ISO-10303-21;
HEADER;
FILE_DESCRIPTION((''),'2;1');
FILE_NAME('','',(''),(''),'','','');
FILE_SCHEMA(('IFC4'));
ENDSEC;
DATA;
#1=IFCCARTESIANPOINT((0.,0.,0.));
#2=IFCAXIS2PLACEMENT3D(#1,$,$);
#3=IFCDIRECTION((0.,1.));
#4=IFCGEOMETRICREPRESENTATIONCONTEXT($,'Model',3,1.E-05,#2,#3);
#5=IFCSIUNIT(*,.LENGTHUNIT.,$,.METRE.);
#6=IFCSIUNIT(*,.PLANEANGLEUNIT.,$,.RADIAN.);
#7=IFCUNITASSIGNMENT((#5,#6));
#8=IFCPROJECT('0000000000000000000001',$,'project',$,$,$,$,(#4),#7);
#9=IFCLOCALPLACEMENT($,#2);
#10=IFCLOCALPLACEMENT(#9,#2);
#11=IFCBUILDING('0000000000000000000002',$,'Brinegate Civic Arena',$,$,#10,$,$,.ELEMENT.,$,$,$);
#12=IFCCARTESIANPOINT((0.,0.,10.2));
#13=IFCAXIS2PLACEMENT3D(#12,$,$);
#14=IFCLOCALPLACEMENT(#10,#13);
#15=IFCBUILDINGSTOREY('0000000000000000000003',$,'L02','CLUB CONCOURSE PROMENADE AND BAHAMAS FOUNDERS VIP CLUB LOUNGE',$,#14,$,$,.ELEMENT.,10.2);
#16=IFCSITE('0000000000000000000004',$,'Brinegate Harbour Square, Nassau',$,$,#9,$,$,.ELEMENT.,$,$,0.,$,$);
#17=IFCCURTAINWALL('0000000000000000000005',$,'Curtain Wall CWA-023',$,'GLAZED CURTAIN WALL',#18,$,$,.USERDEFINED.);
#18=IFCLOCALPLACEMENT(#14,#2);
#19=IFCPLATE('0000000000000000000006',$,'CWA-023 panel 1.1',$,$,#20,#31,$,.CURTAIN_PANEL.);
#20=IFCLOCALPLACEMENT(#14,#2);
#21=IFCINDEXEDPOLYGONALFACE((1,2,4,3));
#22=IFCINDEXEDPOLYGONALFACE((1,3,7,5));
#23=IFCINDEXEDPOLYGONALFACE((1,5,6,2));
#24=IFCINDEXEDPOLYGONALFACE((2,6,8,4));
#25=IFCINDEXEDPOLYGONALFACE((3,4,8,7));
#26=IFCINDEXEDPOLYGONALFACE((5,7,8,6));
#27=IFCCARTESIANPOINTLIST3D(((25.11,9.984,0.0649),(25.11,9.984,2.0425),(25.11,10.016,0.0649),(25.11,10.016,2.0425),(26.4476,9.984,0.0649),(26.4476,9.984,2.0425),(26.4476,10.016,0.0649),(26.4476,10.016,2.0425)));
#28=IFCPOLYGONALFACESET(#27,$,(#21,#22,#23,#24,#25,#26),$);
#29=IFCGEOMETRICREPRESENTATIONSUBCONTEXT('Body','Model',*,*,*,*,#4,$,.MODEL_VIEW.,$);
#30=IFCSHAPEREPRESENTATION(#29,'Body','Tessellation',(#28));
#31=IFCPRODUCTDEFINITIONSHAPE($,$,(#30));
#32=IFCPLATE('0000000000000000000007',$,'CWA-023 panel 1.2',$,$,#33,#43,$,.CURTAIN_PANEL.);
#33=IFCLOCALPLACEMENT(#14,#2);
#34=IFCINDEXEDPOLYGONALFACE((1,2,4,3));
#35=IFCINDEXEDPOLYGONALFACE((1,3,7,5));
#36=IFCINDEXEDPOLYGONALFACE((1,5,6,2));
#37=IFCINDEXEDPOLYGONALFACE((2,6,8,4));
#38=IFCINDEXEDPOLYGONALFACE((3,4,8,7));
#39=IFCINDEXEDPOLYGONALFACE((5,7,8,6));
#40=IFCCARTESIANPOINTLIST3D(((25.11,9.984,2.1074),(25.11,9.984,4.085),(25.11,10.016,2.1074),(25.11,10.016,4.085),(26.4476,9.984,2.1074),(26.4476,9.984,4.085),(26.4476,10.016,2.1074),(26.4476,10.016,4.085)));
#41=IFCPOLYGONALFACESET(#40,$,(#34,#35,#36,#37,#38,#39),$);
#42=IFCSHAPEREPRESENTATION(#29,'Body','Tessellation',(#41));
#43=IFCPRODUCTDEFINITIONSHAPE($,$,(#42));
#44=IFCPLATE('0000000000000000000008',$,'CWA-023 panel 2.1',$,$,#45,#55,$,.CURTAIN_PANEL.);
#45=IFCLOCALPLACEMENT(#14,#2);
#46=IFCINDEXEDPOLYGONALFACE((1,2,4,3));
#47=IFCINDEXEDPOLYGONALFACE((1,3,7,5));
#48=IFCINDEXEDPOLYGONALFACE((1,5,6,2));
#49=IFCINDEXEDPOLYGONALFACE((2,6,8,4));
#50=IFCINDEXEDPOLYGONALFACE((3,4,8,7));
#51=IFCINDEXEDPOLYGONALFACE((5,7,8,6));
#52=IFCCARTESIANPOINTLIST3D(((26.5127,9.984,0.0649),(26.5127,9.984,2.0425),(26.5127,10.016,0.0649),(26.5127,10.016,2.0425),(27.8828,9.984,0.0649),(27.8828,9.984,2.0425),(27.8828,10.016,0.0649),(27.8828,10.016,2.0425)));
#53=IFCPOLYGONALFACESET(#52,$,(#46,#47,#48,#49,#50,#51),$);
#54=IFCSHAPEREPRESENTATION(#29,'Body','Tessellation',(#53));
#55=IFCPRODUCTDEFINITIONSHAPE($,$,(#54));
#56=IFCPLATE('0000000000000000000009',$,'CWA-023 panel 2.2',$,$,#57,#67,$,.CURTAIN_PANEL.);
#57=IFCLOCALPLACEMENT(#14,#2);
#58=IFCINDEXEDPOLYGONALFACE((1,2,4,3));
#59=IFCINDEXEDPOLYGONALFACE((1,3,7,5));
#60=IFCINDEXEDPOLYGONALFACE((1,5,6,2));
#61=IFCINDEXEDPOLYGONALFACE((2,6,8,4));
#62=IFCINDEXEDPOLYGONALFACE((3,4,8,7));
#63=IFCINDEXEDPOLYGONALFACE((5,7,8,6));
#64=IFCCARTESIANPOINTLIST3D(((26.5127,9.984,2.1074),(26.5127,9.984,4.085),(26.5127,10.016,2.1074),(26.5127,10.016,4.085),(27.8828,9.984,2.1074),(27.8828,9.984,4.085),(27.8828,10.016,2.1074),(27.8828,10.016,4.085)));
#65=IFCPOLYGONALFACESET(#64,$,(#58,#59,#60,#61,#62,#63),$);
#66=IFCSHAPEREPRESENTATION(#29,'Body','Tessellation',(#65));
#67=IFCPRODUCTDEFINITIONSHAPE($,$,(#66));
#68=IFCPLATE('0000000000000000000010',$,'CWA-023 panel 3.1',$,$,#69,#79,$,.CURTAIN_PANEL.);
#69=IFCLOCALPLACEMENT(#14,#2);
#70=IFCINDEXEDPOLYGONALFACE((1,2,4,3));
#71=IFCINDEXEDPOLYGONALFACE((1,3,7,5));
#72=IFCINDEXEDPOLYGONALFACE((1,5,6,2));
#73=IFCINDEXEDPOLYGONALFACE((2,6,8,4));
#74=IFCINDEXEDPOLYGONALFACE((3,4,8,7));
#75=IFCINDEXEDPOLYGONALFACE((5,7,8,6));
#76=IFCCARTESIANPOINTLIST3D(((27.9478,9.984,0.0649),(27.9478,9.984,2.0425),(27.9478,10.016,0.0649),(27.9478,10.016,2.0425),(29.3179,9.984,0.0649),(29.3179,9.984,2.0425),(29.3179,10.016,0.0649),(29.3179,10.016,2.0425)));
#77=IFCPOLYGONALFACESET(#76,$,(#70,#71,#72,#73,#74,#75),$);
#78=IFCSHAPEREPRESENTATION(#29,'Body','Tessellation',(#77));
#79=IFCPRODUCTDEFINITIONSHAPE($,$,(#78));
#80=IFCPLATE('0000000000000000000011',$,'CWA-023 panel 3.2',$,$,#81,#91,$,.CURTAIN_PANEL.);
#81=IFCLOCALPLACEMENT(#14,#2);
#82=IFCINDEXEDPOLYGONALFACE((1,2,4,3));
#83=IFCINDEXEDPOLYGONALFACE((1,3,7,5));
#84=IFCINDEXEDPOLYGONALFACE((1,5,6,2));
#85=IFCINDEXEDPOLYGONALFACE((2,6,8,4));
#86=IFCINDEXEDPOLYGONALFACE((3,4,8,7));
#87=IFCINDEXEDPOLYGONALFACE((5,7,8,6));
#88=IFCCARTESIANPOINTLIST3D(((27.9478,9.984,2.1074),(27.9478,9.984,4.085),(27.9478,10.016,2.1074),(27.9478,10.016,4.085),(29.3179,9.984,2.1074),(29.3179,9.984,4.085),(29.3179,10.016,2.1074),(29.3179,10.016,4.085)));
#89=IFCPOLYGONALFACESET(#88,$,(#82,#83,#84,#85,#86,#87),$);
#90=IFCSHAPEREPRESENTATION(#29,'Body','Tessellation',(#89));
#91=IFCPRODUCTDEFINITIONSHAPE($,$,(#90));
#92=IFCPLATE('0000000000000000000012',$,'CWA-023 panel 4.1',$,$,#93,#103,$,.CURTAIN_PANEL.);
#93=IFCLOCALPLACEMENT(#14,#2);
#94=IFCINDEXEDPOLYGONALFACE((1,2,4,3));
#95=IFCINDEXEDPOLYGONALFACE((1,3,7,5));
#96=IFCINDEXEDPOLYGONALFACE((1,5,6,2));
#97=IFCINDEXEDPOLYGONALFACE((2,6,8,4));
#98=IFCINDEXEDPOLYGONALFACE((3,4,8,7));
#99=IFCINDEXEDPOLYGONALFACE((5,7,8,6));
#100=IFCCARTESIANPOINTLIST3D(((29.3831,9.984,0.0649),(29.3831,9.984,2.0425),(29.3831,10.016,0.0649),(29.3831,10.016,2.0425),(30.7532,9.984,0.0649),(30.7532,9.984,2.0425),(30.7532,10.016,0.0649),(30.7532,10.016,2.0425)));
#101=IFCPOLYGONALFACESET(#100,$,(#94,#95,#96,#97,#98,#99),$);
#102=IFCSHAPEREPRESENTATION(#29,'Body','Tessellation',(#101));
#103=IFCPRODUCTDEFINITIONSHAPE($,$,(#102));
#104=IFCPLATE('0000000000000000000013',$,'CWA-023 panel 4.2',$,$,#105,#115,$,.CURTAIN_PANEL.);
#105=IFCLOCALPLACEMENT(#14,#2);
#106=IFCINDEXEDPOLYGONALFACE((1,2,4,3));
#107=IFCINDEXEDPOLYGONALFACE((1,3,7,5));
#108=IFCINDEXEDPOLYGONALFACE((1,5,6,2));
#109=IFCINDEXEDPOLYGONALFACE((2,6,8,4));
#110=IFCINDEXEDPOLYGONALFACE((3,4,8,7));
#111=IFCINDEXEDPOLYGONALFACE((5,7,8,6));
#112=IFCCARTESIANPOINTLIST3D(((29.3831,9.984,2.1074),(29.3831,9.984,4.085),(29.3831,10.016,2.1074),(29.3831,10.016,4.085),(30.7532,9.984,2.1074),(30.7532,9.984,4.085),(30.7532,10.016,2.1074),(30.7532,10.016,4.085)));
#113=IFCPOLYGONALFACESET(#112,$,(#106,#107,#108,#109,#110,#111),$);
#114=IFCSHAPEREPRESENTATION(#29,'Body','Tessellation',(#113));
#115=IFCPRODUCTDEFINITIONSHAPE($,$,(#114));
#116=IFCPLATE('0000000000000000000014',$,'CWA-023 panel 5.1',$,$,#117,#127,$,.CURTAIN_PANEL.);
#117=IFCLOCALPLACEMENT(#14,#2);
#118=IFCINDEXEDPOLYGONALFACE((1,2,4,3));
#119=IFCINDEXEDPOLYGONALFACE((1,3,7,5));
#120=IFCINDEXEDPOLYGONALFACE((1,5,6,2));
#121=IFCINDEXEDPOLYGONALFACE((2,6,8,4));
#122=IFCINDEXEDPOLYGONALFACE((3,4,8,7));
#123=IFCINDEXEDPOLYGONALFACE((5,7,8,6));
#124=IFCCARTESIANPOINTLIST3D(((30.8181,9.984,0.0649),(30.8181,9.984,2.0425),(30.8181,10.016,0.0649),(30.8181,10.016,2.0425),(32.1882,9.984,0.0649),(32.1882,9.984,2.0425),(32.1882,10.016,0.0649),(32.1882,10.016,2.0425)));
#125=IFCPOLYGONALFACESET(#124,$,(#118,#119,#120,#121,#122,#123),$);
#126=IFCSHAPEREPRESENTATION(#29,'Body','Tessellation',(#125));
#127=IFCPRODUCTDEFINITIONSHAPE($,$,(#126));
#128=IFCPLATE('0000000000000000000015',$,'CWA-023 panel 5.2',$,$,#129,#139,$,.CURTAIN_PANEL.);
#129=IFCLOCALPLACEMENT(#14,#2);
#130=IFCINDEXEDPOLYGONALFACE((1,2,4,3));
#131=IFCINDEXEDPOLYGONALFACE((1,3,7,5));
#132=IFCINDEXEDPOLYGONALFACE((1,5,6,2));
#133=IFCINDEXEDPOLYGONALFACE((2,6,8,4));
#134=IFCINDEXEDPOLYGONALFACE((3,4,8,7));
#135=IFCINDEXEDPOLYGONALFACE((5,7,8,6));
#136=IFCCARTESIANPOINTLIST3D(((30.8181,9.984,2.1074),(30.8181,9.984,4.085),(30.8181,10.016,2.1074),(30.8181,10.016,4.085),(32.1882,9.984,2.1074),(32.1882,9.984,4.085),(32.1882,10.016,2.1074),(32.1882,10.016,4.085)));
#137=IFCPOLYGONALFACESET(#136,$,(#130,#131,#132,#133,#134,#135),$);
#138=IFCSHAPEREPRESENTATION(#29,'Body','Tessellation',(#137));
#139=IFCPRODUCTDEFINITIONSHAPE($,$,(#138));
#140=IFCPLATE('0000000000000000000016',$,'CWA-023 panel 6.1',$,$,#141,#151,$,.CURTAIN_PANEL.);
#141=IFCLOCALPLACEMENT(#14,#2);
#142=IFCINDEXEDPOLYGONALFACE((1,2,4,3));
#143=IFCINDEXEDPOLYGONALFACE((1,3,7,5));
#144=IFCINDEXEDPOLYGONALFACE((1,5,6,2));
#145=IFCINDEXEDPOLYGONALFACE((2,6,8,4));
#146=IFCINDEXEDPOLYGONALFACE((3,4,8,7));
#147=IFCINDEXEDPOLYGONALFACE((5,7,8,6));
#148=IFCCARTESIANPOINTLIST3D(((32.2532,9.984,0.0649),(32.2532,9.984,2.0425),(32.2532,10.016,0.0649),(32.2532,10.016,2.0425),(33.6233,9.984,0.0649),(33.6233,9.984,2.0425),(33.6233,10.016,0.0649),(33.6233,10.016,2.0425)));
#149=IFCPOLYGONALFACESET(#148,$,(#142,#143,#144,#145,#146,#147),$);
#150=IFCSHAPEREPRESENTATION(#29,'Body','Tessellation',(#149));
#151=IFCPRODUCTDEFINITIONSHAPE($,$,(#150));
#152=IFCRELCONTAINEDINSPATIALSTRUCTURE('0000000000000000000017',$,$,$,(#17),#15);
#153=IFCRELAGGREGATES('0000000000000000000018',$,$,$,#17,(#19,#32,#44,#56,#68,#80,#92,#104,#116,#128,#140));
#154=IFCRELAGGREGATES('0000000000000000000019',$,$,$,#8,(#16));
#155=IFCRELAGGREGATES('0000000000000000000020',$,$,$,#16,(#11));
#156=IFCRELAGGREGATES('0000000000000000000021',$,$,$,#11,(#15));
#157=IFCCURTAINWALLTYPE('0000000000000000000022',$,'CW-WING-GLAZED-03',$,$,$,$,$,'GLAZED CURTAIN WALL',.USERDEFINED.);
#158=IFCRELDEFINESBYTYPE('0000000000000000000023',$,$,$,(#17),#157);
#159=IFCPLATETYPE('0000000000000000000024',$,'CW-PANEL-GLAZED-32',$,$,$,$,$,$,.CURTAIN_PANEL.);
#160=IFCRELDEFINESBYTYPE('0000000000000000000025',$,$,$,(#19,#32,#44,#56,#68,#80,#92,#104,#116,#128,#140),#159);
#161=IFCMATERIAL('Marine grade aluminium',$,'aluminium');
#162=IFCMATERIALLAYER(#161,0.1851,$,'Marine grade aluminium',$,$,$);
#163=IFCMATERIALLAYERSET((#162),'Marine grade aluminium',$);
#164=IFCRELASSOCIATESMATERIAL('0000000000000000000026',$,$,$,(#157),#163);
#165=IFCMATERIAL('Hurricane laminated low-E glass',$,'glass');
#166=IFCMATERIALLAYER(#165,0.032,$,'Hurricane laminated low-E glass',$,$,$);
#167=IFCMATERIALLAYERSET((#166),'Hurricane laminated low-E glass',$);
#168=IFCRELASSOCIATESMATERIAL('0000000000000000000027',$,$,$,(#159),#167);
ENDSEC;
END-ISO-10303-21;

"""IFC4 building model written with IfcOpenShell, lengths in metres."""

from ifc_helpers import new_model, si_unit, direction, frame, origin, origin_2d, place, context, subcontext, project, spatial, rectangle, extrude, material, layer, layer_set, type_object, element, aggregate, save


model = new_model("IFC4")

# Units and contexts
model_context = context("Model", 3, precision=1e-05, world=origin(), true_north=direction((0.0, 1.0)))
body_context = subcontext(model_context, "Body", "Model", "MODEL_VIEW")
ifc_project = project(units=[si_unit("LENGTHUNIT", "METRE"), si_unit("PLANEANGLEUNIT", "RADIAN")], contexts=[model_context])

# Site, building, storey
site_placement = place(None, origin())
site = spatial("IfcSite", under=ifc_project, at=site_placement, Name="Brinegate Harbour Square, Nassau", CompositionType="ELEMENT", RefElevation=0.0)
building_placement = place(site_placement, origin())
building = spatial("IfcBuilding", under=site, at=building_placement, Name="Brinegate Civic Arena", CompositionType="ELEMENT")
storey_placement = place(building_placement, frame((0.0, 0.0, 10.2)))
storey = spatial("IfcBuildingStorey", under=building, at=storey_placement, Name="L02", Description="CLUB CONCOURSE PROMENADE AND BAHAMAS FOUNDERS VIP CLUB LOUNGE", CompositionType="ELEMENT", Elevation=10.2)

# Curtain wall
ifc_material_1 = material(Name="Marine grade aluminium", Category="aluminium")
ifc_layer_1 = layer(ifc_material_1, 0.1851, Name="Marine grade aluminium")
ifc_layer_set_1 = layer_set([ifc_layer_1], Name="Marine grade aluminium")
curtain_wall_type = type_object("IfcCurtainWallType", Name="CW-WING-GLAZED-03", ElementType="GLAZED CURTAIN WALL", PredefinedType="USERDEFINED", material=ifc_layer_set_1)
curtain_wall_placement = place(storey_placement, origin())
curtain_wall = element("IfcCurtainWall", 1, at=curtain_wall_placement, inside=storey, type_object=curtain_wall_type, Name="Curtain Wall CWA-023", ObjectType="GLAZED CURTAIN WALL", PredefinedType="USERDEFINED")

# Plates
ifc_material_2 = material(Name="Hurricane laminated low-E glass", Category="glass")
ifc_layer_2 = layer(ifc_material_2, 0.032, Name="Hurricane laminated low-E glass")
ifc_layer_set_2 = layer_set([ifc_layer_2], Name="Hurricane laminated low-E glass")
plate_type = type_object("IfcPlateType", Name="CW-PANEL-GLAZED-32", PredefinedType="CURTAIN_PANEL", material=ifc_layer_set_2)
plate_1_placement = place(storey_placement, frame((25.7788, 10.0, 0.0649), z_axis=(0.0, 0.0, 1.0), x_axis=(1.0, 0.0, 0.0)))
plate_1 = element("IfcPlate", 2, at=plate_1_placement, type_object=plate_type, Name="CWA-023 panel 1.1", PredefinedType="CURTAIN_PANEL", context=body_context, shape_type="SweptSolid", body=[
    extrude(rectangle(XDim=1.3376, YDim=0.032, at=origin_2d()), origin(), (0.0, 0.0, 1.0), 1.9775),
])
plate_2_placement = place(storey_placement, frame((25.7788, 10.0, 2.1074), z_axis=(0.0, 0.0, 1.0), x_axis=(1.0, 0.0, 0.0)))
plate_2 = element("IfcPlate", 3, at=plate_2_placement, type_object=plate_type, Name="CWA-023 panel 1.2", PredefinedType="CURTAIN_PANEL", context=body_context, shape_type="SweptSolid", body=[
    extrude(rectangle(XDim=1.3376, YDim=0.032, at=origin_2d()), origin(), (0.0, 0.0, 1.0), 1.9775),
])
plate_3_placement = place(storey_placement, frame((27.1978, 10.0, 0.0649), z_axis=(0.0, 0.0, 1.0), x_axis=(1.0, 0.0, 0.0)))
plate_3 = element("IfcPlate", 4, at=plate_3_placement, type_object=plate_type, Name="CWA-023 panel 2.1", PredefinedType="CURTAIN_PANEL", context=body_context, shape_type="SweptSolid", body=[
    extrude(rectangle(XDim=1.3701, YDim=0.032, at=origin_2d()), origin(), (0.0, 0.0, 1.0), 1.9775),
])
plate_4_placement = place(storey_placement, frame((27.1978, 10.0, 2.1074), z_axis=(0.0, 0.0, 1.0), x_axis=(1.0, 0.0, 0.0)))
plate_4 = element("IfcPlate", 5, at=plate_4_placement, type_object=plate_type, Name="CWA-023 panel 2.2", PredefinedType="CURTAIN_PANEL", context=body_context, shape_type="SweptSolid", body=[
    extrude(rectangle(XDim=1.3701, YDim=0.032, at=origin_2d()), origin(), (0.0, 0.0, 1.0), 1.9775),
])
plate_5_placement = place(storey_placement, frame((28.6328, 10.0, 0.0649), z_axis=(0.0, 0.0, 1.0), x_axis=(1.0, 0.0, 0.0)))
plate_5 = element("IfcPlate", 6, at=plate_5_placement, type_object=plate_type, Name="CWA-023 panel 3.1", PredefinedType="CURTAIN_PANEL", context=body_context, shape_type="SweptSolid", body=[
    extrude(rectangle(XDim=1.3701, YDim=0.032, at=origin_2d()), origin(), (0.0, 0.0, 1.0), 1.9775),
])
plate_6_placement = place(storey_placement, frame((28.6328, 10.0, 2.1074), z_axis=(0.0, 0.0, 1.0), x_axis=(1.0, 0.0, 0.0)))
plate_6 = element("IfcPlate", 7, at=plate_6_placement, type_object=plate_type, Name="CWA-023 panel 3.2", PredefinedType="CURTAIN_PANEL", context=body_context, shape_type="SweptSolid", body=[
    extrude(rectangle(XDim=1.3701, YDim=0.032, at=origin_2d()), origin(), (0.0, 0.0, 1.0), 1.9775),
])
plate_7_placement = place(storey_placement, frame((30.0681, 10.0, 0.0649), z_axis=(0.0, 0.0, 1.0), x_axis=(1.0, 0.0, 0.0)))
plate_7 = element("IfcPlate", 8, at=plate_7_placement, type_object=plate_type, Name="CWA-023 panel 4.1", PredefinedType="CURTAIN_PANEL", context=body_context, shape_type="SweptSolid", body=[
    extrude(rectangle(XDim=1.3701, YDim=0.032, at=origin_2d()), origin(), (0.0, 0.0, 1.0), 1.9775),
])
plate_8_placement = place(storey_placement, frame((30.0681, 10.0, 2.1074), z_axis=(0.0, 0.0, 1.0), x_axis=(1.0, 0.0, 0.0)))
plate_8 = element("IfcPlate", 9, at=plate_8_placement, type_object=plate_type, Name="CWA-023 panel 4.2", PredefinedType="CURTAIN_PANEL", context=body_context, shape_type="SweptSolid", body=[
    extrude(rectangle(XDim=1.3701, YDim=0.032, at=origin_2d()), origin(), (0.0, 0.0, 1.0), 1.9775),
])
plate_9_placement = place(storey_placement, frame((31.5032, 10.0, 0.0649), z_axis=(0.0, 0.0, 1.0), x_axis=(1.0, 0.0, 0.0)))
plate_9 = element("IfcPlate", 10, at=plate_9_placement, type_object=plate_type, Name="CWA-023 panel 5.1", PredefinedType="CURTAIN_PANEL", context=body_context, shape_type="SweptSolid", body=[
    extrude(rectangle(XDim=1.3701, YDim=0.032, at=origin_2d()), origin(), (0.0, 0.0, 1.0), 1.9775),
])
plate_10_placement = place(storey_placement, frame((31.5032, 10.0, 2.1074), z_axis=(0.0, 0.0, 1.0), x_axis=(1.0, 0.0, 0.0)))
plate_10 = element("IfcPlate", 11, at=plate_10_placement, type_object=plate_type, Name="CWA-023 panel 5.2", PredefinedType="CURTAIN_PANEL", context=body_context, shape_type="SweptSolid", body=[
    extrude(rectangle(XDim=1.3701, YDim=0.032, at=origin_2d()), origin(), (0.0, 0.0, 1.0), 1.9775),
])
plate_11_placement = place(storey_placement, frame((32.9382, 10.0, 0.0649), z_axis=(0.0, 0.0, 1.0), x_axis=(1.0, 0.0, 0.0)))
plate_11 = element("IfcPlate", 12, at=plate_11_placement, type_object=plate_type, Name="CWA-023 panel 6.1", PredefinedType="CURTAIN_PANEL", context=body_context, shape_type="SweptSolid", body=[
    extrude(rectangle(XDim=1.3701, YDim=0.032, at=origin_2d()), origin(), (0.0, 0.0, 1.0), 1.9775),
])
aggregate(curtain_wall, [plate_1, plate_2, plate_3, plate_4, plate_5, plate_6, plate_7, plate_8, plate_9, plate_10, plate_11])

save(model, "model.ifc")
